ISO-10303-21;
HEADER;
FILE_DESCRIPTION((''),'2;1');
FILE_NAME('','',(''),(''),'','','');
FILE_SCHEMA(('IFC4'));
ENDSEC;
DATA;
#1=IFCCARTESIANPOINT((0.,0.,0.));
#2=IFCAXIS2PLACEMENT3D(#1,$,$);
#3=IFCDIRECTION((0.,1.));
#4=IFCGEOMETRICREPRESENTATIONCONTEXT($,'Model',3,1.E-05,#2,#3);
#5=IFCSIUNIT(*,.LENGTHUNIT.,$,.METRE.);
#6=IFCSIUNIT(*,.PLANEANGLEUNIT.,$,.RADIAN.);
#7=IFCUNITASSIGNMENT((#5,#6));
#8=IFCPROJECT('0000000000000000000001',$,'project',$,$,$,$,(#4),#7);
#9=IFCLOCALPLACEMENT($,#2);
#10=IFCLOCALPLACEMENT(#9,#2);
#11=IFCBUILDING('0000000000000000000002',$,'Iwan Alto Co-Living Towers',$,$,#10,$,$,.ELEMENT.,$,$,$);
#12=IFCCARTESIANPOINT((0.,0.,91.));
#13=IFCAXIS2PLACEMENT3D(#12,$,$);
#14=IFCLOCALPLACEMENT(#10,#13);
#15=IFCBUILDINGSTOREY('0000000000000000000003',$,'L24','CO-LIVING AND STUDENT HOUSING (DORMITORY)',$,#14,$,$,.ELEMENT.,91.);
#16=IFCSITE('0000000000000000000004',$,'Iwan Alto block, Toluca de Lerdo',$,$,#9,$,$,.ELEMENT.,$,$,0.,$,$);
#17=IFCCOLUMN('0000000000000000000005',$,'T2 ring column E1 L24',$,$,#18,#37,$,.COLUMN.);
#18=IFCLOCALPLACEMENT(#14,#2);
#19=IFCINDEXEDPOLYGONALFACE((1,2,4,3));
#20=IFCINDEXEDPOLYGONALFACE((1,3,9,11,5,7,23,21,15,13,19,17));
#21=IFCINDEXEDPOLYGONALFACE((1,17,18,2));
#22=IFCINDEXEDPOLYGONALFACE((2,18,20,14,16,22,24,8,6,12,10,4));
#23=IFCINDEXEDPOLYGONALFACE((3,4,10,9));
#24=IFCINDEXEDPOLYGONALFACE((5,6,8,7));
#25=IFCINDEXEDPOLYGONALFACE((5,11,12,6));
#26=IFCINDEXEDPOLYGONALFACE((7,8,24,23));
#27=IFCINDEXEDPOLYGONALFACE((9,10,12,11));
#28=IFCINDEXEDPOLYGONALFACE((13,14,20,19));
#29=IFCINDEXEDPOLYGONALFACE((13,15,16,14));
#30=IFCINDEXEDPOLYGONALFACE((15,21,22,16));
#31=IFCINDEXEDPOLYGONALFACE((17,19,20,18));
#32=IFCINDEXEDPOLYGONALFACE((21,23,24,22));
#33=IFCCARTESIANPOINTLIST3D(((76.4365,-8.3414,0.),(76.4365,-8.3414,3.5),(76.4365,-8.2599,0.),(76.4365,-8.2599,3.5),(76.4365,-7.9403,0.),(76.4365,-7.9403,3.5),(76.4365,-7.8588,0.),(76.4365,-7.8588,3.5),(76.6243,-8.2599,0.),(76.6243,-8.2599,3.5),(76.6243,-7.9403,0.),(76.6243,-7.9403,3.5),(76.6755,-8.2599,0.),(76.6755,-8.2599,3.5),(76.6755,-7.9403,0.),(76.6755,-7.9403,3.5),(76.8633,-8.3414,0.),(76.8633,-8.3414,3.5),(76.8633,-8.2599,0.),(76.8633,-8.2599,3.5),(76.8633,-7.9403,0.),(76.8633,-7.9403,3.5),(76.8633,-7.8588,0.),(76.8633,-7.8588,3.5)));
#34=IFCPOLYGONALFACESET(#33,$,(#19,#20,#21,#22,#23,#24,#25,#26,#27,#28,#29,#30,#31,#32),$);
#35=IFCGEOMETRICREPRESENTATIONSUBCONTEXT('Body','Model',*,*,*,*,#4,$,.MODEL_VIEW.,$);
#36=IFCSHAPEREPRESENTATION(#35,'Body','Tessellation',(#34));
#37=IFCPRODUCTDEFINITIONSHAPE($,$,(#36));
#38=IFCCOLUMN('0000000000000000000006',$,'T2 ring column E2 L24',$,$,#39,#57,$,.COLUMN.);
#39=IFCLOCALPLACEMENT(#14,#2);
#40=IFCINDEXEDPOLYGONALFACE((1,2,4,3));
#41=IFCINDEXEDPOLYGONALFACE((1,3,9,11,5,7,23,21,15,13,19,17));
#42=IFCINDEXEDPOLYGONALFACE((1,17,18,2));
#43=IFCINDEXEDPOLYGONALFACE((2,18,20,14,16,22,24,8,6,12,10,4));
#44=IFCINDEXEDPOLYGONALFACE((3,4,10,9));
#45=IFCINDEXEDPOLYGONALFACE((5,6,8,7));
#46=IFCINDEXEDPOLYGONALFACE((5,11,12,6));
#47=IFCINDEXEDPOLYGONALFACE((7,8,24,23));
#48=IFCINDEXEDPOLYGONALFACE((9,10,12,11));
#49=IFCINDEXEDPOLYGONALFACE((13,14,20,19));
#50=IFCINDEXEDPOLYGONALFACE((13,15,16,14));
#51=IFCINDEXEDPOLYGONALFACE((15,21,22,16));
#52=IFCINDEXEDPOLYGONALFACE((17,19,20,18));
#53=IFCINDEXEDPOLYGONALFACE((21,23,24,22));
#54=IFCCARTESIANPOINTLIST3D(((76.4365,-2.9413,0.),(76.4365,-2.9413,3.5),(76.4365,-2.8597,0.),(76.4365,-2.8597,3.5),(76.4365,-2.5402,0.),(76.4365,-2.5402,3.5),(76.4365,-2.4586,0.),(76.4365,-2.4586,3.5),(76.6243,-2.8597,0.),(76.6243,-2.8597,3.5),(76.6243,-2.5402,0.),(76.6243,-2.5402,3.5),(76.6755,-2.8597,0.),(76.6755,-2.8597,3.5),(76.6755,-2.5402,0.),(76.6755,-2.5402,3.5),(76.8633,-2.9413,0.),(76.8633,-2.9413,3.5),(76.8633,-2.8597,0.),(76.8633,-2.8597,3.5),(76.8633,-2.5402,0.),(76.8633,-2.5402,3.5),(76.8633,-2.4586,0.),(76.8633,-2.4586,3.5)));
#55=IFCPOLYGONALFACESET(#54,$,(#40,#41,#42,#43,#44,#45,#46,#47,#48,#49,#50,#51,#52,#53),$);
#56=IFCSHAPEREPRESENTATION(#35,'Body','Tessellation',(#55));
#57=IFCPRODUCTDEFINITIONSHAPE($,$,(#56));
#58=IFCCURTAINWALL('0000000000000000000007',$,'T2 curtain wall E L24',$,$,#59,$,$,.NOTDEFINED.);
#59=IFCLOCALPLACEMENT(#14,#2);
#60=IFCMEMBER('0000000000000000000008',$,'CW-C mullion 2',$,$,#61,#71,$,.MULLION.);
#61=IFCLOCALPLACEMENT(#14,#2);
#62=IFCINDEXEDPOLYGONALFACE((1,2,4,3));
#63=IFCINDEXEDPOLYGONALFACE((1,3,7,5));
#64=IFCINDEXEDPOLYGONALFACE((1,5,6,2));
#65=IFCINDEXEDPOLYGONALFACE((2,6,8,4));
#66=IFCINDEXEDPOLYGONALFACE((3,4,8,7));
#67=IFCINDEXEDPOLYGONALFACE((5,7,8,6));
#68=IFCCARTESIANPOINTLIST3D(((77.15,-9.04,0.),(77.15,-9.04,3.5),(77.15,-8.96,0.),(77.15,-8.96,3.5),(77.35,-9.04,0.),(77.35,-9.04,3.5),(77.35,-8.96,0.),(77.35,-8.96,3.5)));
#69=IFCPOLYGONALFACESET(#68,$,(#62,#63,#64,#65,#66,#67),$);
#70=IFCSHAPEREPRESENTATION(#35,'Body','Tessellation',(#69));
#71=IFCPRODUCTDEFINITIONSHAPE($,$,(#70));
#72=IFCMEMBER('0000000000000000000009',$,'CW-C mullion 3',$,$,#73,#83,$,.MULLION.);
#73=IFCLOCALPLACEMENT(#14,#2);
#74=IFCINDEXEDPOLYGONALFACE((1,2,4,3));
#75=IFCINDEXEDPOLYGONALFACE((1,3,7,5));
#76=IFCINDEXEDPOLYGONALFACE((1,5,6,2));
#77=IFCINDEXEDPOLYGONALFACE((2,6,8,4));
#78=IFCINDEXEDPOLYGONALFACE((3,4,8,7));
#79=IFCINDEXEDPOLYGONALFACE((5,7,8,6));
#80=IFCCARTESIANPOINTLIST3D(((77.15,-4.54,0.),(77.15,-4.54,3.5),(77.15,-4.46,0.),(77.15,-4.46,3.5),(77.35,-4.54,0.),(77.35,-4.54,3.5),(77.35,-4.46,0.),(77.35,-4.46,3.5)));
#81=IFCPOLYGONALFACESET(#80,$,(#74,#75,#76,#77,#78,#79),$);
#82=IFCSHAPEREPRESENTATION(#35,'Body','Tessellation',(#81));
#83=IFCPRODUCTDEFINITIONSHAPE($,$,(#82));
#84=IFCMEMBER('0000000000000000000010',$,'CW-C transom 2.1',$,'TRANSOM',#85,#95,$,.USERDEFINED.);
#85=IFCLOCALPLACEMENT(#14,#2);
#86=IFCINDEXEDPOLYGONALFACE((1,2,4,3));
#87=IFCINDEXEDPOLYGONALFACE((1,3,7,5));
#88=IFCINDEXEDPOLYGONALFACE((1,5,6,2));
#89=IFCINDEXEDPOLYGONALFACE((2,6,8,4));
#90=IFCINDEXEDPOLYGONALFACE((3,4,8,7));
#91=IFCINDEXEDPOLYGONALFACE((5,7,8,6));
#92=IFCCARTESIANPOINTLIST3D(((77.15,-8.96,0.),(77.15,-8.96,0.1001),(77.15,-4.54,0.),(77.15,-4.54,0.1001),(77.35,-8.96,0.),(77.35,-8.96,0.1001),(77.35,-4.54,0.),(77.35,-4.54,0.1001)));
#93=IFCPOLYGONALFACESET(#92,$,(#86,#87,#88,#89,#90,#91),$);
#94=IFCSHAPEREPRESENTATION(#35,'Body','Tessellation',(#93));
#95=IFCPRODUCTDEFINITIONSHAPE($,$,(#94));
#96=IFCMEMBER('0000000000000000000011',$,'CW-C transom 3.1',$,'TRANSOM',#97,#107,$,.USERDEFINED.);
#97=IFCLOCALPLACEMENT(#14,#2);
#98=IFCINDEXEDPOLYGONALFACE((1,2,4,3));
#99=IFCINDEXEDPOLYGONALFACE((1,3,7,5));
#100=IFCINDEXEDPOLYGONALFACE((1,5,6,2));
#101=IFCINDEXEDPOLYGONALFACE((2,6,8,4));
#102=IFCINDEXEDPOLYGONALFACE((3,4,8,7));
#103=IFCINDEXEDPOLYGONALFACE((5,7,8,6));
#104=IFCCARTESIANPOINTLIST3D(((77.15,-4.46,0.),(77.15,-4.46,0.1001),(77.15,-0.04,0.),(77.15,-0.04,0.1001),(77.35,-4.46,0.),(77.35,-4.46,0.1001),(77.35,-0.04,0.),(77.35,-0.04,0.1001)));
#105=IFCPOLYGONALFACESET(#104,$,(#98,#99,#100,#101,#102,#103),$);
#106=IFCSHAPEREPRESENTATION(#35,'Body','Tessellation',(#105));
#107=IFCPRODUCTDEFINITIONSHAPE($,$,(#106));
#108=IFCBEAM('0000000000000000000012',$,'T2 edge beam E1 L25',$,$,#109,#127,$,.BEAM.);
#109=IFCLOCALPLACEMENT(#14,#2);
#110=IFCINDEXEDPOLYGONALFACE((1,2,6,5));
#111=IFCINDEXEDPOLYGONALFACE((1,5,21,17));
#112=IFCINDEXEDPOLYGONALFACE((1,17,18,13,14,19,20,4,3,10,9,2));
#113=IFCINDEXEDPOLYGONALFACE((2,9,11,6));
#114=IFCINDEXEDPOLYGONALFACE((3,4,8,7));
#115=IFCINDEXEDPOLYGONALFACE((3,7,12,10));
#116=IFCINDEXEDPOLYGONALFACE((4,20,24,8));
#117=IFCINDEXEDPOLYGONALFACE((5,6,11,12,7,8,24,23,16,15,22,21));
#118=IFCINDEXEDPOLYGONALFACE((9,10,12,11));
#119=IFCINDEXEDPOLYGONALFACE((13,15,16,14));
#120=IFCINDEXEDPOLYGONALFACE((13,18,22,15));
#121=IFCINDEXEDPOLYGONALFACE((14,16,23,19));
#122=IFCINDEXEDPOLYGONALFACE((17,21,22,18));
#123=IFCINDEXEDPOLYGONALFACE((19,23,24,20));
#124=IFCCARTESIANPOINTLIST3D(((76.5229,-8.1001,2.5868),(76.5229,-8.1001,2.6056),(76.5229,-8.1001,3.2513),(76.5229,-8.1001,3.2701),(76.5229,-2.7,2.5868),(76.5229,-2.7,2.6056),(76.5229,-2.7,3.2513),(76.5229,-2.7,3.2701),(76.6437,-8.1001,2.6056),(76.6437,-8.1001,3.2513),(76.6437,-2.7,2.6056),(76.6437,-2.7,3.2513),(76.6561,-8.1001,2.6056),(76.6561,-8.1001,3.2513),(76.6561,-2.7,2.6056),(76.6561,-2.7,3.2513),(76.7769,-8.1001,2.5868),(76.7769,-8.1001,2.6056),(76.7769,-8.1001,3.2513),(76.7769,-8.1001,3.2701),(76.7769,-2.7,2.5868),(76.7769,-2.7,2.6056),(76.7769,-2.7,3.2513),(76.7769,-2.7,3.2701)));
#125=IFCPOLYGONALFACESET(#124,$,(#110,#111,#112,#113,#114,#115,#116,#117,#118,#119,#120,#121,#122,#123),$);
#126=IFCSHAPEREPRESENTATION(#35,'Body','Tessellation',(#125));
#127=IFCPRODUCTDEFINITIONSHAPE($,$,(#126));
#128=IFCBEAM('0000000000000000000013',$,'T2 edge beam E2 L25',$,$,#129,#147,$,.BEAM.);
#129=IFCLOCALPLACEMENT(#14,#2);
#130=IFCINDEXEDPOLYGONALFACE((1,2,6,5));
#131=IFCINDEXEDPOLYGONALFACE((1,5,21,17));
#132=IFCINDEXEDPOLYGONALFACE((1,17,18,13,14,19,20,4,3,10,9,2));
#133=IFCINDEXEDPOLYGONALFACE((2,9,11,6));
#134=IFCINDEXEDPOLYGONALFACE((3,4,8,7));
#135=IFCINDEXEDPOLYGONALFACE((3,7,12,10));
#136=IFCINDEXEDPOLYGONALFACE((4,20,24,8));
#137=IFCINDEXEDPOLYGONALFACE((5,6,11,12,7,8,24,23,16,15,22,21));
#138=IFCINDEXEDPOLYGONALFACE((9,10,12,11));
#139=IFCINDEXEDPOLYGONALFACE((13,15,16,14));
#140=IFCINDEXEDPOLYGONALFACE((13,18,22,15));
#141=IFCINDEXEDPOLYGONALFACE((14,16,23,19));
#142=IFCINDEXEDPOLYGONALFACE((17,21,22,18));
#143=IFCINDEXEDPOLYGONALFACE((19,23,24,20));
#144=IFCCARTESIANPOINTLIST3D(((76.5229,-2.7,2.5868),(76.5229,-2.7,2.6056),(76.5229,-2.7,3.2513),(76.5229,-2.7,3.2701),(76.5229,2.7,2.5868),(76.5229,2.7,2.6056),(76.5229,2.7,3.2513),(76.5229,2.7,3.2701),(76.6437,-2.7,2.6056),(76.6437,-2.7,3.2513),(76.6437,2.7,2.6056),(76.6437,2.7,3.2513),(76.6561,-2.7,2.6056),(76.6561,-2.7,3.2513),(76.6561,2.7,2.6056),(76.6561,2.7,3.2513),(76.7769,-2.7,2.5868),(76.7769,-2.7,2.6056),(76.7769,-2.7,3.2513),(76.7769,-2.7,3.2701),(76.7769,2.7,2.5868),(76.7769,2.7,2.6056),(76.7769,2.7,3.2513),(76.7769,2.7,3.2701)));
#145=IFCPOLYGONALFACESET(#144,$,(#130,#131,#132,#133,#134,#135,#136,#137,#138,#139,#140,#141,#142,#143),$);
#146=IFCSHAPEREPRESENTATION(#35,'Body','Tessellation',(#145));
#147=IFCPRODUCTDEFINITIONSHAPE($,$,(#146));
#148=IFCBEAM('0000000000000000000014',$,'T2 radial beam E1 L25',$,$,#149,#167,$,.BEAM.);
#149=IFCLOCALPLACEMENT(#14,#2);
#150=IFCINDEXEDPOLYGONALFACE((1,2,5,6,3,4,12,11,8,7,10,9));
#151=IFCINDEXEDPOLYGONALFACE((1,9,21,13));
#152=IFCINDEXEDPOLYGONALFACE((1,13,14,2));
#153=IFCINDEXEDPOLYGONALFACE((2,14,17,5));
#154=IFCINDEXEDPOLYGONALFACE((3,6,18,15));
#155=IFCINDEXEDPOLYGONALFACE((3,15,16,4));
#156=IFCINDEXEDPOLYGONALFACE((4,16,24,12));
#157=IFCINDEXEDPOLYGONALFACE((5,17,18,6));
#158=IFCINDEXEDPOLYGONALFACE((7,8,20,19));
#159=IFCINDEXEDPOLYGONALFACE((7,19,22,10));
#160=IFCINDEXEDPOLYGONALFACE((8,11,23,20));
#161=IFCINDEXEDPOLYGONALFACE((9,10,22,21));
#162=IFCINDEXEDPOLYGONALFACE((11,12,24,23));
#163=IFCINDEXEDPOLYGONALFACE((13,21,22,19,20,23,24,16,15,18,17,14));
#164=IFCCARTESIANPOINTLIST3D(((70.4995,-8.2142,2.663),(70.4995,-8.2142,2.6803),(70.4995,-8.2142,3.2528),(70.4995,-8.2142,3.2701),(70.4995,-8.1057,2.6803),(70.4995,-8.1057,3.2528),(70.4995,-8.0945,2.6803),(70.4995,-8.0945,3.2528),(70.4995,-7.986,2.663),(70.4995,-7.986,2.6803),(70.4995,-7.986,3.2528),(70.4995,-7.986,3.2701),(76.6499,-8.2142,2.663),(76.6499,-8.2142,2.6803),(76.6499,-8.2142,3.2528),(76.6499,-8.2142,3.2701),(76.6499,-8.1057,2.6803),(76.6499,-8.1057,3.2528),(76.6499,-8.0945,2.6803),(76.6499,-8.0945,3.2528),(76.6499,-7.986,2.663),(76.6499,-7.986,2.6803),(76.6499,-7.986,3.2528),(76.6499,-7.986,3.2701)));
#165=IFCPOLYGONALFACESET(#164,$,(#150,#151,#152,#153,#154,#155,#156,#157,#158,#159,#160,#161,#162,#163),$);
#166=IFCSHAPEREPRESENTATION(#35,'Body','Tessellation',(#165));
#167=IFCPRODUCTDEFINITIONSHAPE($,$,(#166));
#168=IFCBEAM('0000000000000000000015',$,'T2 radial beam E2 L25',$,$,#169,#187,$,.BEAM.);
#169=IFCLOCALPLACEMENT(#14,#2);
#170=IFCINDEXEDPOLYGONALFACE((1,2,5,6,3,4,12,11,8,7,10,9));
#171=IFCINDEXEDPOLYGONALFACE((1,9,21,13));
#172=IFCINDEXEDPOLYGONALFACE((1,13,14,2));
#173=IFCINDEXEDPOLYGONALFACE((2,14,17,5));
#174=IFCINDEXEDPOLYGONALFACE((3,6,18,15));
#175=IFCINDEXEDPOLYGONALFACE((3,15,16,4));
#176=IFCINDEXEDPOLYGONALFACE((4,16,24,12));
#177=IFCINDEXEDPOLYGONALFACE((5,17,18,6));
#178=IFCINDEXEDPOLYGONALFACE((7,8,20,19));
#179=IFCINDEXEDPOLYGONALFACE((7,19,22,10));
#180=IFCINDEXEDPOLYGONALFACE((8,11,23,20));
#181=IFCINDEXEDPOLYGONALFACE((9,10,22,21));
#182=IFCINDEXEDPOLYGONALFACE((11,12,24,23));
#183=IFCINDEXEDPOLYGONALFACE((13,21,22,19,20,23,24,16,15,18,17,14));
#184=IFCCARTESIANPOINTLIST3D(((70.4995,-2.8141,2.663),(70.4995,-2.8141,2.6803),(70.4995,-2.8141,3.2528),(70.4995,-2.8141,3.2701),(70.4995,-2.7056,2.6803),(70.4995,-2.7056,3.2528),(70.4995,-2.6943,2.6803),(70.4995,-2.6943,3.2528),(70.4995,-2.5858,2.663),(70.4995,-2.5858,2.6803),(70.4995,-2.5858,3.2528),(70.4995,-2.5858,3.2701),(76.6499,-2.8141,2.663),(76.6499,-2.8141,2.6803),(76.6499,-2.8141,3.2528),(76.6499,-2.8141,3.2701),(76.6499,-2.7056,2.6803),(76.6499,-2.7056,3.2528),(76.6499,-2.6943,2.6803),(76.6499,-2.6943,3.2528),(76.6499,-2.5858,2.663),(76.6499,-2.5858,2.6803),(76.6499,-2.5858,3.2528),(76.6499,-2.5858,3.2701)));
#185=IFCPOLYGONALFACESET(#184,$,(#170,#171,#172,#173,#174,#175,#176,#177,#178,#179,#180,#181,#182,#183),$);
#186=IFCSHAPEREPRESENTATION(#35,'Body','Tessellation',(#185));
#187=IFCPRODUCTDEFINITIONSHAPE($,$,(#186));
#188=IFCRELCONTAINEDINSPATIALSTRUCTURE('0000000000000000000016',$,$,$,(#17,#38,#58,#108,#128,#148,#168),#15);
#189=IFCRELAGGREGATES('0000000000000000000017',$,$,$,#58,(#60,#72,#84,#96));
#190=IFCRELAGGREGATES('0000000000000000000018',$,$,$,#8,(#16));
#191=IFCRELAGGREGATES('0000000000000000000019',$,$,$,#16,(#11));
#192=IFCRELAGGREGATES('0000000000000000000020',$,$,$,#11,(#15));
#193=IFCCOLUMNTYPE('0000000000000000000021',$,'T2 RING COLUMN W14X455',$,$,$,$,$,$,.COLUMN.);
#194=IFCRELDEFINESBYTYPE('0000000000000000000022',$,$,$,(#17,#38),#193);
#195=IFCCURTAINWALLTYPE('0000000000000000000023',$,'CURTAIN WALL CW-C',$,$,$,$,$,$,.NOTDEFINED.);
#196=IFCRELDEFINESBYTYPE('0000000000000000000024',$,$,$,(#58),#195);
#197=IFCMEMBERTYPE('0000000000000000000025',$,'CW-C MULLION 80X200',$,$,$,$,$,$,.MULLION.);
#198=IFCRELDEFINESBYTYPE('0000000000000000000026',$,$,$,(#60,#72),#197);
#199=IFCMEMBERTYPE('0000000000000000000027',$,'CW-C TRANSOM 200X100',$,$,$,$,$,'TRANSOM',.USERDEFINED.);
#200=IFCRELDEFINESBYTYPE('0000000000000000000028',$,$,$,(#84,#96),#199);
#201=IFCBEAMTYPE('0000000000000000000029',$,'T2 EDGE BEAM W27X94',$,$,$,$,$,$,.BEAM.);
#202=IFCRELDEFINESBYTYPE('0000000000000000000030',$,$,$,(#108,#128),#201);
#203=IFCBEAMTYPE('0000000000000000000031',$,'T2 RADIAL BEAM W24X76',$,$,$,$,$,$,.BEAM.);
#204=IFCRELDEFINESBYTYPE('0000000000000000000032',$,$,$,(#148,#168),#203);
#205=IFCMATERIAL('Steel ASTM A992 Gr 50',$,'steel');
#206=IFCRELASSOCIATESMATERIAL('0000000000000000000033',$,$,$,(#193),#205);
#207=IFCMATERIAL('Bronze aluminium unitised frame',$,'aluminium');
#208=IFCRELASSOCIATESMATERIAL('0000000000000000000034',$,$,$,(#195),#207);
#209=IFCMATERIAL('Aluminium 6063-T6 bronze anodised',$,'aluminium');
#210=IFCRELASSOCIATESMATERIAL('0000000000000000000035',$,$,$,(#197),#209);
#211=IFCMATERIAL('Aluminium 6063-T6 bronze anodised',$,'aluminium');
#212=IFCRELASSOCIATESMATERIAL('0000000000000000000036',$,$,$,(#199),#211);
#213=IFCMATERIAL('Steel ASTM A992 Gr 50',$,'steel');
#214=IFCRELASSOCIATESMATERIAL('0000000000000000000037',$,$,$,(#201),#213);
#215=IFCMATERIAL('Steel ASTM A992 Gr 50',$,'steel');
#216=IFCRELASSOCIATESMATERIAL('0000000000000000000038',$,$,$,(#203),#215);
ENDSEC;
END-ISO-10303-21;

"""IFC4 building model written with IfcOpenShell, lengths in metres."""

from ifc_helpers import new_model, si_unit, direction, frame, origin, origin_2d, place, context, subcontext, project, spatial, rectangle, i_section, extrude, material, material_profile, profile_set, type_object, element, aggregate, save


model = new_model("IFC4")

# Units and contexts
model_context = context("Model", 3, precision=1e-05, world=origin(), true_north=direction((0.0, 1.0)))
body_context = subcontext(model_context, "Body", "Model", "MODEL_VIEW")
ifc_project = project(units=[si_unit("LENGTHUNIT", "METRE"), si_unit("PLANEANGLEUNIT", "RADIAN")], contexts=[model_context])

# Site, building, storey
site_placement = place(None, origin())
site = spatial("IfcSite", under=ifc_project, at=site_placement, Name="Iwan Alto block, Toluca de Lerdo", CompositionType="ELEMENT", RefElevation=0.0)
building_placement = place(site_placement, origin())
building = spatial("IfcBuilding", under=site, at=building_placement, Name="Iwan Alto Co-Living Towers", CompositionType="ELEMENT")
storey_placement = place(building_placement, frame((0.0, 0.0, 91.0)))
storey = spatial("IfcBuildingStorey", under=building, at=storey_placement, Name="L24", Description="CO-LIVING AND STUDENT HOUSING (DORMITORY)", CompositionType="ELEMENT", Elevation=91.0)

# Columns
ifc_material_1 = material(Name="Steel ASTM A992 Gr 50", Category="steel")
ifc_material_profile_1 = material_profile(ifc_material_1, i_section(OverallWidth=0.4268, OverallDepth=0.4827, WebThickness=0.0513, FlangeThickness=0.0815, at=origin_2d()), Name="W14X455")
ifc_profile_set_1 = profile_set([ifc_material_profile_1], Name="Steel ASTM A992 Gr 50")
column_type = type_object("IfcColumnType", Name="T2 RING COLUMN W14X455", PredefinedType="COLUMN", material=ifc_profile_set_1)
for number, where, z_axis, x_axis, name in (
    (1, (76.6499, -8.1001, 0.0), (0.0, 0.0, 1.0), (1.0, 0.0, 0.0), "T2 ring column E1 L24"),
    (2, (76.6499, -2.7, 0.0), (0.0, 0.0, 1.0), (1.0, 0.0, 0.0), "T2 ring column E2 L24"),
):
    element("IfcColumn", number, at=place(storey_placement, frame(where, z_axis=z_axis, x_axis=x_axis)), inside=storey, type_object=column_type, Name=name, PredefinedType="COLUMN", context=body_context, shape_type="SweptSolid", body=[
        extrude(i_section(OverallWidth=0.4268, OverallDepth=0.4827, WebThickness=0.0513, FlangeThickness=0.0815, at=origin_2d()), origin(), (0.0, 0.0, 1.0), 3.5),
    ])

# Curtain wall, members
ifc_material_2 = material(Name="Bronze aluminium unitised frame", Category="aluminium")
curtain_wall_type = type_object("IfcCurtainWallType", Name="CURTAIN WALL CW-C", PredefinedType="NOTDEFINED", material=ifc_material_2)
curtain_wall_placement = place(storey_placement, origin())
curtain_wall = element("IfcCurtainWall", 3, at=curtain_wall_placement, inside=storey, type_object=curtain_wall_type, Name="T2 curtain wall E L24", PredefinedType="NOTDEFINED")
ifc_material_3 = material(Name="Aluminium 6063-T6 bronze anodised", Category="aluminium")
ifc_material_profile_2 = material_profile(ifc_material_3, rectangle(XDim=0.2, YDim=0.0801, at=origin_2d()), Name="AL 80X200")
ifc_profile_set_2 = profile_set([ifc_material_profile_2], Name="Aluminium 6063-T6 bronze anodised")
member_type_1 = type_object("IfcMemberType", Name="CW-C MULLION 80X200", PredefinedType="MULLION", material=ifc_profile_set_2)
member_1_placement = place(storey_placement, frame((77.25, -9.0, 0.0), z_axis=(0.0, 0.0, 1.0), x_axis=(-1.0, 0.0, 0.0)))
member_1 = element("IfcMember", 4, at=member_1_placement, type_object=member_type_1, Name="CW-C mullion 2", PredefinedType="MULLION", context=body_context, shape_type="SweptSolid", body=[
    extrude(rectangle(XDim=0.2, YDim=0.0801, at=origin_2d()), origin(), (0.0, 0.0, 1.0), 3.5),
])
member_2_placement = place(storey_placement, frame((77.25, -4.5, 0.0), z_axis=(0.0, 0.0, 1.0), x_axis=(-1.0, 0.0, 0.0)))
member_2 = element("IfcMember", 5, at=member_2_placement, type_object=member_type_1, Name="CW-C mullion 3", PredefinedType="MULLION", context=body_context, shape_type="SweptSolid", body=[
    extrude(rectangle(XDim=0.2, YDim=0.0801, at=origin_2d()), origin(), (0.0, 0.0, 1.0), 3.5),
])
ifc_material_4 = material(Name="Aluminium 6063-T6 bronze anodised", Category="aluminium")
ifc_material_profile_3 = material_profile(ifc_material_4, rectangle(XDim=0.2, YDim=0.1001, at=origin_2d()), Name="AL 200X100")
ifc_profile_set_3 = profile_set([ifc_material_profile_3], Name="Aluminium 6063-T6 bronze anodised")
member_type_2 = type_object("IfcMemberType", Name="CW-C TRANSOM 200X100", ElementType="TRANSOM", PredefinedType="USERDEFINED", material=ifc_profile_set_3)
member_3_placement = place(storey_placement, frame((77.25, -8.96, 0.05), z_axis=(0.0, 1.0, 0.0), x_axis=(-1.0, 0.0, 0.0)))
member_3 = element("IfcMember", 6, at=member_3_placement, type_object=member_type_2, Name="CW-C transom 2.1", ObjectType="TRANSOM", PredefinedType="USERDEFINED", context=body_context, shape_type="SweptSolid", body=[
    extrude(rectangle(XDim=0.2, YDim=0.1001, at=origin_2d()), origin(), (0.0, 0.0, 1.0), 4.4199),
])
member_4_placement = place(storey_placement, frame((77.25, -4.46, 0.05), z_axis=(0.0, 1.0, 0.0), x_axis=(-1.0, 0.0, 0.0)))
member_4 = element("IfcMember", 7, at=member_4_placement, type_object=member_type_2, Name="CW-C transom 3.1", ObjectType="TRANSOM", PredefinedType="USERDEFINED", context=body_context, shape_type="SweptSolid", body=[
    extrude(rectangle(XDim=0.2, YDim=0.1001, at=origin_2d()), origin(), (0.0, 0.0, 1.0), 4.4199),
])

# Beams
ifc_material_5 = material(Name="Steel ASTM A992 Gr 50", Category="steel")
ifc_material_profile_4 = material_profile(ifc_material_5, i_section(OverallWidth=0.2539, OverallDepth=0.6833, WebThickness=0.0125, FlangeThickness=0.0188, at=origin_2d()), Name="W27X94")
ifc_profile_set_4 = profile_set([ifc_material_profile_4], Name="Steel ASTM A992 Gr 50")
beam_type_1 = type_object("IfcBeamType", Name="T2 EDGE BEAM W27X94", PredefinedType="BEAM", material=ifc_profile_set_4)
beam_1_placement = place(storey_placement, frame((76.6499, -8.1001, 2.9285), z_axis=(0.0, 1.0, 0.0), x_axis=(-1.0, 0.0, 0.0)))
element("IfcBeam", 8, at=beam_1_placement, inside=storey, type_object=beam_type_1, Name="T2 edge beam E1 L25", PredefinedType="BEAM", context=body_context, shape_type="SweptSolid", body=[
    extrude(i_section(OverallWidth=0.2539, OverallDepth=0.6833, WebThickness=0.0125, FlangeThickness=0.0188, at=origin_2d()), origin(), (0.0, 0.0, 1.0), 5.4001),
])
beam_2_placement = place(storey_placement, frame((76.6499, -2.7, 2.9285), z_axis=(0.0, 1.0, 0.0), x_axis=(-1.0, 0.0, 0.0)))
element("IfcBeam", 9, at=beam_2_placement, inside=storey, type_object=beam_type_1, Name="T2 edge beam E2 L25", PredefinedType="BEAM", context=body_context, shape_type="SweptSolid", body=[
    extrude(i_section(OverallWidth=0.2539, OverallDepth=0.6833, WebThickness=0.0125, FlangeThickness=0.0188, at=origin_2d()), origin(), (0.0, 0.0, 1.0), 5.3999),
])
ifc_material_6 = material(Name="Steel ASTM A992 Gr 50", Category="steel")
ifc_material_profile_5 = material_profile(ifc_material_6, i_section(OverallWidth=0.2283, OverallDepth=0.6072, WebThickness=0.0112, FlangeThickness=0.0173, at=origin_2d()), Name="W24X76")
ifc_profile_set_5 = profile_set([ifc_material_profile_5], Name="Steel ASTM A992 Gr 50")
beam_type_2 = type_object("IfcBeamType", Name="T2 RADIAL BEAM W24X76", PredefinedType="BEAM", material=ifc_profile_set_5)
for number, where, z_axis, x_axis, name in (
    (10, (76.6499, -8.1001, 2.9666), (-1.0, 0.0, 0.0), (0.0, -1.0, 0.0), "T2 radial beam E1 L25"),
    (11, (76.6499, -2.7, 2.9666), (-1.0, 0.0, 0.0), (0.0, -1.0, 0.0), "T2 radial beam E2 L25"),
):
    element("IfcBeam", number, at=place(storey_placement, frame(where, z_axis=z_axis, x_axis=x_axis)), inside=storey, type_object=beam_type_2, Name=name, PredefinedType="BEAM", context=body_context, shape_type="SweptSolid", body=[
        extrude(i_section(OverallWidth=0.2283, OverallDepth=0.6072, WebThickness=0.0112, FlangeThickness=0.0173, at=origin_2d()), origin(), (0.0, 0.0, 1.0), 6.1504),
    ])

aggregate(curtain_wall, [member_1, member_2, member_3, member_4])

save(model, "model.ifc")
